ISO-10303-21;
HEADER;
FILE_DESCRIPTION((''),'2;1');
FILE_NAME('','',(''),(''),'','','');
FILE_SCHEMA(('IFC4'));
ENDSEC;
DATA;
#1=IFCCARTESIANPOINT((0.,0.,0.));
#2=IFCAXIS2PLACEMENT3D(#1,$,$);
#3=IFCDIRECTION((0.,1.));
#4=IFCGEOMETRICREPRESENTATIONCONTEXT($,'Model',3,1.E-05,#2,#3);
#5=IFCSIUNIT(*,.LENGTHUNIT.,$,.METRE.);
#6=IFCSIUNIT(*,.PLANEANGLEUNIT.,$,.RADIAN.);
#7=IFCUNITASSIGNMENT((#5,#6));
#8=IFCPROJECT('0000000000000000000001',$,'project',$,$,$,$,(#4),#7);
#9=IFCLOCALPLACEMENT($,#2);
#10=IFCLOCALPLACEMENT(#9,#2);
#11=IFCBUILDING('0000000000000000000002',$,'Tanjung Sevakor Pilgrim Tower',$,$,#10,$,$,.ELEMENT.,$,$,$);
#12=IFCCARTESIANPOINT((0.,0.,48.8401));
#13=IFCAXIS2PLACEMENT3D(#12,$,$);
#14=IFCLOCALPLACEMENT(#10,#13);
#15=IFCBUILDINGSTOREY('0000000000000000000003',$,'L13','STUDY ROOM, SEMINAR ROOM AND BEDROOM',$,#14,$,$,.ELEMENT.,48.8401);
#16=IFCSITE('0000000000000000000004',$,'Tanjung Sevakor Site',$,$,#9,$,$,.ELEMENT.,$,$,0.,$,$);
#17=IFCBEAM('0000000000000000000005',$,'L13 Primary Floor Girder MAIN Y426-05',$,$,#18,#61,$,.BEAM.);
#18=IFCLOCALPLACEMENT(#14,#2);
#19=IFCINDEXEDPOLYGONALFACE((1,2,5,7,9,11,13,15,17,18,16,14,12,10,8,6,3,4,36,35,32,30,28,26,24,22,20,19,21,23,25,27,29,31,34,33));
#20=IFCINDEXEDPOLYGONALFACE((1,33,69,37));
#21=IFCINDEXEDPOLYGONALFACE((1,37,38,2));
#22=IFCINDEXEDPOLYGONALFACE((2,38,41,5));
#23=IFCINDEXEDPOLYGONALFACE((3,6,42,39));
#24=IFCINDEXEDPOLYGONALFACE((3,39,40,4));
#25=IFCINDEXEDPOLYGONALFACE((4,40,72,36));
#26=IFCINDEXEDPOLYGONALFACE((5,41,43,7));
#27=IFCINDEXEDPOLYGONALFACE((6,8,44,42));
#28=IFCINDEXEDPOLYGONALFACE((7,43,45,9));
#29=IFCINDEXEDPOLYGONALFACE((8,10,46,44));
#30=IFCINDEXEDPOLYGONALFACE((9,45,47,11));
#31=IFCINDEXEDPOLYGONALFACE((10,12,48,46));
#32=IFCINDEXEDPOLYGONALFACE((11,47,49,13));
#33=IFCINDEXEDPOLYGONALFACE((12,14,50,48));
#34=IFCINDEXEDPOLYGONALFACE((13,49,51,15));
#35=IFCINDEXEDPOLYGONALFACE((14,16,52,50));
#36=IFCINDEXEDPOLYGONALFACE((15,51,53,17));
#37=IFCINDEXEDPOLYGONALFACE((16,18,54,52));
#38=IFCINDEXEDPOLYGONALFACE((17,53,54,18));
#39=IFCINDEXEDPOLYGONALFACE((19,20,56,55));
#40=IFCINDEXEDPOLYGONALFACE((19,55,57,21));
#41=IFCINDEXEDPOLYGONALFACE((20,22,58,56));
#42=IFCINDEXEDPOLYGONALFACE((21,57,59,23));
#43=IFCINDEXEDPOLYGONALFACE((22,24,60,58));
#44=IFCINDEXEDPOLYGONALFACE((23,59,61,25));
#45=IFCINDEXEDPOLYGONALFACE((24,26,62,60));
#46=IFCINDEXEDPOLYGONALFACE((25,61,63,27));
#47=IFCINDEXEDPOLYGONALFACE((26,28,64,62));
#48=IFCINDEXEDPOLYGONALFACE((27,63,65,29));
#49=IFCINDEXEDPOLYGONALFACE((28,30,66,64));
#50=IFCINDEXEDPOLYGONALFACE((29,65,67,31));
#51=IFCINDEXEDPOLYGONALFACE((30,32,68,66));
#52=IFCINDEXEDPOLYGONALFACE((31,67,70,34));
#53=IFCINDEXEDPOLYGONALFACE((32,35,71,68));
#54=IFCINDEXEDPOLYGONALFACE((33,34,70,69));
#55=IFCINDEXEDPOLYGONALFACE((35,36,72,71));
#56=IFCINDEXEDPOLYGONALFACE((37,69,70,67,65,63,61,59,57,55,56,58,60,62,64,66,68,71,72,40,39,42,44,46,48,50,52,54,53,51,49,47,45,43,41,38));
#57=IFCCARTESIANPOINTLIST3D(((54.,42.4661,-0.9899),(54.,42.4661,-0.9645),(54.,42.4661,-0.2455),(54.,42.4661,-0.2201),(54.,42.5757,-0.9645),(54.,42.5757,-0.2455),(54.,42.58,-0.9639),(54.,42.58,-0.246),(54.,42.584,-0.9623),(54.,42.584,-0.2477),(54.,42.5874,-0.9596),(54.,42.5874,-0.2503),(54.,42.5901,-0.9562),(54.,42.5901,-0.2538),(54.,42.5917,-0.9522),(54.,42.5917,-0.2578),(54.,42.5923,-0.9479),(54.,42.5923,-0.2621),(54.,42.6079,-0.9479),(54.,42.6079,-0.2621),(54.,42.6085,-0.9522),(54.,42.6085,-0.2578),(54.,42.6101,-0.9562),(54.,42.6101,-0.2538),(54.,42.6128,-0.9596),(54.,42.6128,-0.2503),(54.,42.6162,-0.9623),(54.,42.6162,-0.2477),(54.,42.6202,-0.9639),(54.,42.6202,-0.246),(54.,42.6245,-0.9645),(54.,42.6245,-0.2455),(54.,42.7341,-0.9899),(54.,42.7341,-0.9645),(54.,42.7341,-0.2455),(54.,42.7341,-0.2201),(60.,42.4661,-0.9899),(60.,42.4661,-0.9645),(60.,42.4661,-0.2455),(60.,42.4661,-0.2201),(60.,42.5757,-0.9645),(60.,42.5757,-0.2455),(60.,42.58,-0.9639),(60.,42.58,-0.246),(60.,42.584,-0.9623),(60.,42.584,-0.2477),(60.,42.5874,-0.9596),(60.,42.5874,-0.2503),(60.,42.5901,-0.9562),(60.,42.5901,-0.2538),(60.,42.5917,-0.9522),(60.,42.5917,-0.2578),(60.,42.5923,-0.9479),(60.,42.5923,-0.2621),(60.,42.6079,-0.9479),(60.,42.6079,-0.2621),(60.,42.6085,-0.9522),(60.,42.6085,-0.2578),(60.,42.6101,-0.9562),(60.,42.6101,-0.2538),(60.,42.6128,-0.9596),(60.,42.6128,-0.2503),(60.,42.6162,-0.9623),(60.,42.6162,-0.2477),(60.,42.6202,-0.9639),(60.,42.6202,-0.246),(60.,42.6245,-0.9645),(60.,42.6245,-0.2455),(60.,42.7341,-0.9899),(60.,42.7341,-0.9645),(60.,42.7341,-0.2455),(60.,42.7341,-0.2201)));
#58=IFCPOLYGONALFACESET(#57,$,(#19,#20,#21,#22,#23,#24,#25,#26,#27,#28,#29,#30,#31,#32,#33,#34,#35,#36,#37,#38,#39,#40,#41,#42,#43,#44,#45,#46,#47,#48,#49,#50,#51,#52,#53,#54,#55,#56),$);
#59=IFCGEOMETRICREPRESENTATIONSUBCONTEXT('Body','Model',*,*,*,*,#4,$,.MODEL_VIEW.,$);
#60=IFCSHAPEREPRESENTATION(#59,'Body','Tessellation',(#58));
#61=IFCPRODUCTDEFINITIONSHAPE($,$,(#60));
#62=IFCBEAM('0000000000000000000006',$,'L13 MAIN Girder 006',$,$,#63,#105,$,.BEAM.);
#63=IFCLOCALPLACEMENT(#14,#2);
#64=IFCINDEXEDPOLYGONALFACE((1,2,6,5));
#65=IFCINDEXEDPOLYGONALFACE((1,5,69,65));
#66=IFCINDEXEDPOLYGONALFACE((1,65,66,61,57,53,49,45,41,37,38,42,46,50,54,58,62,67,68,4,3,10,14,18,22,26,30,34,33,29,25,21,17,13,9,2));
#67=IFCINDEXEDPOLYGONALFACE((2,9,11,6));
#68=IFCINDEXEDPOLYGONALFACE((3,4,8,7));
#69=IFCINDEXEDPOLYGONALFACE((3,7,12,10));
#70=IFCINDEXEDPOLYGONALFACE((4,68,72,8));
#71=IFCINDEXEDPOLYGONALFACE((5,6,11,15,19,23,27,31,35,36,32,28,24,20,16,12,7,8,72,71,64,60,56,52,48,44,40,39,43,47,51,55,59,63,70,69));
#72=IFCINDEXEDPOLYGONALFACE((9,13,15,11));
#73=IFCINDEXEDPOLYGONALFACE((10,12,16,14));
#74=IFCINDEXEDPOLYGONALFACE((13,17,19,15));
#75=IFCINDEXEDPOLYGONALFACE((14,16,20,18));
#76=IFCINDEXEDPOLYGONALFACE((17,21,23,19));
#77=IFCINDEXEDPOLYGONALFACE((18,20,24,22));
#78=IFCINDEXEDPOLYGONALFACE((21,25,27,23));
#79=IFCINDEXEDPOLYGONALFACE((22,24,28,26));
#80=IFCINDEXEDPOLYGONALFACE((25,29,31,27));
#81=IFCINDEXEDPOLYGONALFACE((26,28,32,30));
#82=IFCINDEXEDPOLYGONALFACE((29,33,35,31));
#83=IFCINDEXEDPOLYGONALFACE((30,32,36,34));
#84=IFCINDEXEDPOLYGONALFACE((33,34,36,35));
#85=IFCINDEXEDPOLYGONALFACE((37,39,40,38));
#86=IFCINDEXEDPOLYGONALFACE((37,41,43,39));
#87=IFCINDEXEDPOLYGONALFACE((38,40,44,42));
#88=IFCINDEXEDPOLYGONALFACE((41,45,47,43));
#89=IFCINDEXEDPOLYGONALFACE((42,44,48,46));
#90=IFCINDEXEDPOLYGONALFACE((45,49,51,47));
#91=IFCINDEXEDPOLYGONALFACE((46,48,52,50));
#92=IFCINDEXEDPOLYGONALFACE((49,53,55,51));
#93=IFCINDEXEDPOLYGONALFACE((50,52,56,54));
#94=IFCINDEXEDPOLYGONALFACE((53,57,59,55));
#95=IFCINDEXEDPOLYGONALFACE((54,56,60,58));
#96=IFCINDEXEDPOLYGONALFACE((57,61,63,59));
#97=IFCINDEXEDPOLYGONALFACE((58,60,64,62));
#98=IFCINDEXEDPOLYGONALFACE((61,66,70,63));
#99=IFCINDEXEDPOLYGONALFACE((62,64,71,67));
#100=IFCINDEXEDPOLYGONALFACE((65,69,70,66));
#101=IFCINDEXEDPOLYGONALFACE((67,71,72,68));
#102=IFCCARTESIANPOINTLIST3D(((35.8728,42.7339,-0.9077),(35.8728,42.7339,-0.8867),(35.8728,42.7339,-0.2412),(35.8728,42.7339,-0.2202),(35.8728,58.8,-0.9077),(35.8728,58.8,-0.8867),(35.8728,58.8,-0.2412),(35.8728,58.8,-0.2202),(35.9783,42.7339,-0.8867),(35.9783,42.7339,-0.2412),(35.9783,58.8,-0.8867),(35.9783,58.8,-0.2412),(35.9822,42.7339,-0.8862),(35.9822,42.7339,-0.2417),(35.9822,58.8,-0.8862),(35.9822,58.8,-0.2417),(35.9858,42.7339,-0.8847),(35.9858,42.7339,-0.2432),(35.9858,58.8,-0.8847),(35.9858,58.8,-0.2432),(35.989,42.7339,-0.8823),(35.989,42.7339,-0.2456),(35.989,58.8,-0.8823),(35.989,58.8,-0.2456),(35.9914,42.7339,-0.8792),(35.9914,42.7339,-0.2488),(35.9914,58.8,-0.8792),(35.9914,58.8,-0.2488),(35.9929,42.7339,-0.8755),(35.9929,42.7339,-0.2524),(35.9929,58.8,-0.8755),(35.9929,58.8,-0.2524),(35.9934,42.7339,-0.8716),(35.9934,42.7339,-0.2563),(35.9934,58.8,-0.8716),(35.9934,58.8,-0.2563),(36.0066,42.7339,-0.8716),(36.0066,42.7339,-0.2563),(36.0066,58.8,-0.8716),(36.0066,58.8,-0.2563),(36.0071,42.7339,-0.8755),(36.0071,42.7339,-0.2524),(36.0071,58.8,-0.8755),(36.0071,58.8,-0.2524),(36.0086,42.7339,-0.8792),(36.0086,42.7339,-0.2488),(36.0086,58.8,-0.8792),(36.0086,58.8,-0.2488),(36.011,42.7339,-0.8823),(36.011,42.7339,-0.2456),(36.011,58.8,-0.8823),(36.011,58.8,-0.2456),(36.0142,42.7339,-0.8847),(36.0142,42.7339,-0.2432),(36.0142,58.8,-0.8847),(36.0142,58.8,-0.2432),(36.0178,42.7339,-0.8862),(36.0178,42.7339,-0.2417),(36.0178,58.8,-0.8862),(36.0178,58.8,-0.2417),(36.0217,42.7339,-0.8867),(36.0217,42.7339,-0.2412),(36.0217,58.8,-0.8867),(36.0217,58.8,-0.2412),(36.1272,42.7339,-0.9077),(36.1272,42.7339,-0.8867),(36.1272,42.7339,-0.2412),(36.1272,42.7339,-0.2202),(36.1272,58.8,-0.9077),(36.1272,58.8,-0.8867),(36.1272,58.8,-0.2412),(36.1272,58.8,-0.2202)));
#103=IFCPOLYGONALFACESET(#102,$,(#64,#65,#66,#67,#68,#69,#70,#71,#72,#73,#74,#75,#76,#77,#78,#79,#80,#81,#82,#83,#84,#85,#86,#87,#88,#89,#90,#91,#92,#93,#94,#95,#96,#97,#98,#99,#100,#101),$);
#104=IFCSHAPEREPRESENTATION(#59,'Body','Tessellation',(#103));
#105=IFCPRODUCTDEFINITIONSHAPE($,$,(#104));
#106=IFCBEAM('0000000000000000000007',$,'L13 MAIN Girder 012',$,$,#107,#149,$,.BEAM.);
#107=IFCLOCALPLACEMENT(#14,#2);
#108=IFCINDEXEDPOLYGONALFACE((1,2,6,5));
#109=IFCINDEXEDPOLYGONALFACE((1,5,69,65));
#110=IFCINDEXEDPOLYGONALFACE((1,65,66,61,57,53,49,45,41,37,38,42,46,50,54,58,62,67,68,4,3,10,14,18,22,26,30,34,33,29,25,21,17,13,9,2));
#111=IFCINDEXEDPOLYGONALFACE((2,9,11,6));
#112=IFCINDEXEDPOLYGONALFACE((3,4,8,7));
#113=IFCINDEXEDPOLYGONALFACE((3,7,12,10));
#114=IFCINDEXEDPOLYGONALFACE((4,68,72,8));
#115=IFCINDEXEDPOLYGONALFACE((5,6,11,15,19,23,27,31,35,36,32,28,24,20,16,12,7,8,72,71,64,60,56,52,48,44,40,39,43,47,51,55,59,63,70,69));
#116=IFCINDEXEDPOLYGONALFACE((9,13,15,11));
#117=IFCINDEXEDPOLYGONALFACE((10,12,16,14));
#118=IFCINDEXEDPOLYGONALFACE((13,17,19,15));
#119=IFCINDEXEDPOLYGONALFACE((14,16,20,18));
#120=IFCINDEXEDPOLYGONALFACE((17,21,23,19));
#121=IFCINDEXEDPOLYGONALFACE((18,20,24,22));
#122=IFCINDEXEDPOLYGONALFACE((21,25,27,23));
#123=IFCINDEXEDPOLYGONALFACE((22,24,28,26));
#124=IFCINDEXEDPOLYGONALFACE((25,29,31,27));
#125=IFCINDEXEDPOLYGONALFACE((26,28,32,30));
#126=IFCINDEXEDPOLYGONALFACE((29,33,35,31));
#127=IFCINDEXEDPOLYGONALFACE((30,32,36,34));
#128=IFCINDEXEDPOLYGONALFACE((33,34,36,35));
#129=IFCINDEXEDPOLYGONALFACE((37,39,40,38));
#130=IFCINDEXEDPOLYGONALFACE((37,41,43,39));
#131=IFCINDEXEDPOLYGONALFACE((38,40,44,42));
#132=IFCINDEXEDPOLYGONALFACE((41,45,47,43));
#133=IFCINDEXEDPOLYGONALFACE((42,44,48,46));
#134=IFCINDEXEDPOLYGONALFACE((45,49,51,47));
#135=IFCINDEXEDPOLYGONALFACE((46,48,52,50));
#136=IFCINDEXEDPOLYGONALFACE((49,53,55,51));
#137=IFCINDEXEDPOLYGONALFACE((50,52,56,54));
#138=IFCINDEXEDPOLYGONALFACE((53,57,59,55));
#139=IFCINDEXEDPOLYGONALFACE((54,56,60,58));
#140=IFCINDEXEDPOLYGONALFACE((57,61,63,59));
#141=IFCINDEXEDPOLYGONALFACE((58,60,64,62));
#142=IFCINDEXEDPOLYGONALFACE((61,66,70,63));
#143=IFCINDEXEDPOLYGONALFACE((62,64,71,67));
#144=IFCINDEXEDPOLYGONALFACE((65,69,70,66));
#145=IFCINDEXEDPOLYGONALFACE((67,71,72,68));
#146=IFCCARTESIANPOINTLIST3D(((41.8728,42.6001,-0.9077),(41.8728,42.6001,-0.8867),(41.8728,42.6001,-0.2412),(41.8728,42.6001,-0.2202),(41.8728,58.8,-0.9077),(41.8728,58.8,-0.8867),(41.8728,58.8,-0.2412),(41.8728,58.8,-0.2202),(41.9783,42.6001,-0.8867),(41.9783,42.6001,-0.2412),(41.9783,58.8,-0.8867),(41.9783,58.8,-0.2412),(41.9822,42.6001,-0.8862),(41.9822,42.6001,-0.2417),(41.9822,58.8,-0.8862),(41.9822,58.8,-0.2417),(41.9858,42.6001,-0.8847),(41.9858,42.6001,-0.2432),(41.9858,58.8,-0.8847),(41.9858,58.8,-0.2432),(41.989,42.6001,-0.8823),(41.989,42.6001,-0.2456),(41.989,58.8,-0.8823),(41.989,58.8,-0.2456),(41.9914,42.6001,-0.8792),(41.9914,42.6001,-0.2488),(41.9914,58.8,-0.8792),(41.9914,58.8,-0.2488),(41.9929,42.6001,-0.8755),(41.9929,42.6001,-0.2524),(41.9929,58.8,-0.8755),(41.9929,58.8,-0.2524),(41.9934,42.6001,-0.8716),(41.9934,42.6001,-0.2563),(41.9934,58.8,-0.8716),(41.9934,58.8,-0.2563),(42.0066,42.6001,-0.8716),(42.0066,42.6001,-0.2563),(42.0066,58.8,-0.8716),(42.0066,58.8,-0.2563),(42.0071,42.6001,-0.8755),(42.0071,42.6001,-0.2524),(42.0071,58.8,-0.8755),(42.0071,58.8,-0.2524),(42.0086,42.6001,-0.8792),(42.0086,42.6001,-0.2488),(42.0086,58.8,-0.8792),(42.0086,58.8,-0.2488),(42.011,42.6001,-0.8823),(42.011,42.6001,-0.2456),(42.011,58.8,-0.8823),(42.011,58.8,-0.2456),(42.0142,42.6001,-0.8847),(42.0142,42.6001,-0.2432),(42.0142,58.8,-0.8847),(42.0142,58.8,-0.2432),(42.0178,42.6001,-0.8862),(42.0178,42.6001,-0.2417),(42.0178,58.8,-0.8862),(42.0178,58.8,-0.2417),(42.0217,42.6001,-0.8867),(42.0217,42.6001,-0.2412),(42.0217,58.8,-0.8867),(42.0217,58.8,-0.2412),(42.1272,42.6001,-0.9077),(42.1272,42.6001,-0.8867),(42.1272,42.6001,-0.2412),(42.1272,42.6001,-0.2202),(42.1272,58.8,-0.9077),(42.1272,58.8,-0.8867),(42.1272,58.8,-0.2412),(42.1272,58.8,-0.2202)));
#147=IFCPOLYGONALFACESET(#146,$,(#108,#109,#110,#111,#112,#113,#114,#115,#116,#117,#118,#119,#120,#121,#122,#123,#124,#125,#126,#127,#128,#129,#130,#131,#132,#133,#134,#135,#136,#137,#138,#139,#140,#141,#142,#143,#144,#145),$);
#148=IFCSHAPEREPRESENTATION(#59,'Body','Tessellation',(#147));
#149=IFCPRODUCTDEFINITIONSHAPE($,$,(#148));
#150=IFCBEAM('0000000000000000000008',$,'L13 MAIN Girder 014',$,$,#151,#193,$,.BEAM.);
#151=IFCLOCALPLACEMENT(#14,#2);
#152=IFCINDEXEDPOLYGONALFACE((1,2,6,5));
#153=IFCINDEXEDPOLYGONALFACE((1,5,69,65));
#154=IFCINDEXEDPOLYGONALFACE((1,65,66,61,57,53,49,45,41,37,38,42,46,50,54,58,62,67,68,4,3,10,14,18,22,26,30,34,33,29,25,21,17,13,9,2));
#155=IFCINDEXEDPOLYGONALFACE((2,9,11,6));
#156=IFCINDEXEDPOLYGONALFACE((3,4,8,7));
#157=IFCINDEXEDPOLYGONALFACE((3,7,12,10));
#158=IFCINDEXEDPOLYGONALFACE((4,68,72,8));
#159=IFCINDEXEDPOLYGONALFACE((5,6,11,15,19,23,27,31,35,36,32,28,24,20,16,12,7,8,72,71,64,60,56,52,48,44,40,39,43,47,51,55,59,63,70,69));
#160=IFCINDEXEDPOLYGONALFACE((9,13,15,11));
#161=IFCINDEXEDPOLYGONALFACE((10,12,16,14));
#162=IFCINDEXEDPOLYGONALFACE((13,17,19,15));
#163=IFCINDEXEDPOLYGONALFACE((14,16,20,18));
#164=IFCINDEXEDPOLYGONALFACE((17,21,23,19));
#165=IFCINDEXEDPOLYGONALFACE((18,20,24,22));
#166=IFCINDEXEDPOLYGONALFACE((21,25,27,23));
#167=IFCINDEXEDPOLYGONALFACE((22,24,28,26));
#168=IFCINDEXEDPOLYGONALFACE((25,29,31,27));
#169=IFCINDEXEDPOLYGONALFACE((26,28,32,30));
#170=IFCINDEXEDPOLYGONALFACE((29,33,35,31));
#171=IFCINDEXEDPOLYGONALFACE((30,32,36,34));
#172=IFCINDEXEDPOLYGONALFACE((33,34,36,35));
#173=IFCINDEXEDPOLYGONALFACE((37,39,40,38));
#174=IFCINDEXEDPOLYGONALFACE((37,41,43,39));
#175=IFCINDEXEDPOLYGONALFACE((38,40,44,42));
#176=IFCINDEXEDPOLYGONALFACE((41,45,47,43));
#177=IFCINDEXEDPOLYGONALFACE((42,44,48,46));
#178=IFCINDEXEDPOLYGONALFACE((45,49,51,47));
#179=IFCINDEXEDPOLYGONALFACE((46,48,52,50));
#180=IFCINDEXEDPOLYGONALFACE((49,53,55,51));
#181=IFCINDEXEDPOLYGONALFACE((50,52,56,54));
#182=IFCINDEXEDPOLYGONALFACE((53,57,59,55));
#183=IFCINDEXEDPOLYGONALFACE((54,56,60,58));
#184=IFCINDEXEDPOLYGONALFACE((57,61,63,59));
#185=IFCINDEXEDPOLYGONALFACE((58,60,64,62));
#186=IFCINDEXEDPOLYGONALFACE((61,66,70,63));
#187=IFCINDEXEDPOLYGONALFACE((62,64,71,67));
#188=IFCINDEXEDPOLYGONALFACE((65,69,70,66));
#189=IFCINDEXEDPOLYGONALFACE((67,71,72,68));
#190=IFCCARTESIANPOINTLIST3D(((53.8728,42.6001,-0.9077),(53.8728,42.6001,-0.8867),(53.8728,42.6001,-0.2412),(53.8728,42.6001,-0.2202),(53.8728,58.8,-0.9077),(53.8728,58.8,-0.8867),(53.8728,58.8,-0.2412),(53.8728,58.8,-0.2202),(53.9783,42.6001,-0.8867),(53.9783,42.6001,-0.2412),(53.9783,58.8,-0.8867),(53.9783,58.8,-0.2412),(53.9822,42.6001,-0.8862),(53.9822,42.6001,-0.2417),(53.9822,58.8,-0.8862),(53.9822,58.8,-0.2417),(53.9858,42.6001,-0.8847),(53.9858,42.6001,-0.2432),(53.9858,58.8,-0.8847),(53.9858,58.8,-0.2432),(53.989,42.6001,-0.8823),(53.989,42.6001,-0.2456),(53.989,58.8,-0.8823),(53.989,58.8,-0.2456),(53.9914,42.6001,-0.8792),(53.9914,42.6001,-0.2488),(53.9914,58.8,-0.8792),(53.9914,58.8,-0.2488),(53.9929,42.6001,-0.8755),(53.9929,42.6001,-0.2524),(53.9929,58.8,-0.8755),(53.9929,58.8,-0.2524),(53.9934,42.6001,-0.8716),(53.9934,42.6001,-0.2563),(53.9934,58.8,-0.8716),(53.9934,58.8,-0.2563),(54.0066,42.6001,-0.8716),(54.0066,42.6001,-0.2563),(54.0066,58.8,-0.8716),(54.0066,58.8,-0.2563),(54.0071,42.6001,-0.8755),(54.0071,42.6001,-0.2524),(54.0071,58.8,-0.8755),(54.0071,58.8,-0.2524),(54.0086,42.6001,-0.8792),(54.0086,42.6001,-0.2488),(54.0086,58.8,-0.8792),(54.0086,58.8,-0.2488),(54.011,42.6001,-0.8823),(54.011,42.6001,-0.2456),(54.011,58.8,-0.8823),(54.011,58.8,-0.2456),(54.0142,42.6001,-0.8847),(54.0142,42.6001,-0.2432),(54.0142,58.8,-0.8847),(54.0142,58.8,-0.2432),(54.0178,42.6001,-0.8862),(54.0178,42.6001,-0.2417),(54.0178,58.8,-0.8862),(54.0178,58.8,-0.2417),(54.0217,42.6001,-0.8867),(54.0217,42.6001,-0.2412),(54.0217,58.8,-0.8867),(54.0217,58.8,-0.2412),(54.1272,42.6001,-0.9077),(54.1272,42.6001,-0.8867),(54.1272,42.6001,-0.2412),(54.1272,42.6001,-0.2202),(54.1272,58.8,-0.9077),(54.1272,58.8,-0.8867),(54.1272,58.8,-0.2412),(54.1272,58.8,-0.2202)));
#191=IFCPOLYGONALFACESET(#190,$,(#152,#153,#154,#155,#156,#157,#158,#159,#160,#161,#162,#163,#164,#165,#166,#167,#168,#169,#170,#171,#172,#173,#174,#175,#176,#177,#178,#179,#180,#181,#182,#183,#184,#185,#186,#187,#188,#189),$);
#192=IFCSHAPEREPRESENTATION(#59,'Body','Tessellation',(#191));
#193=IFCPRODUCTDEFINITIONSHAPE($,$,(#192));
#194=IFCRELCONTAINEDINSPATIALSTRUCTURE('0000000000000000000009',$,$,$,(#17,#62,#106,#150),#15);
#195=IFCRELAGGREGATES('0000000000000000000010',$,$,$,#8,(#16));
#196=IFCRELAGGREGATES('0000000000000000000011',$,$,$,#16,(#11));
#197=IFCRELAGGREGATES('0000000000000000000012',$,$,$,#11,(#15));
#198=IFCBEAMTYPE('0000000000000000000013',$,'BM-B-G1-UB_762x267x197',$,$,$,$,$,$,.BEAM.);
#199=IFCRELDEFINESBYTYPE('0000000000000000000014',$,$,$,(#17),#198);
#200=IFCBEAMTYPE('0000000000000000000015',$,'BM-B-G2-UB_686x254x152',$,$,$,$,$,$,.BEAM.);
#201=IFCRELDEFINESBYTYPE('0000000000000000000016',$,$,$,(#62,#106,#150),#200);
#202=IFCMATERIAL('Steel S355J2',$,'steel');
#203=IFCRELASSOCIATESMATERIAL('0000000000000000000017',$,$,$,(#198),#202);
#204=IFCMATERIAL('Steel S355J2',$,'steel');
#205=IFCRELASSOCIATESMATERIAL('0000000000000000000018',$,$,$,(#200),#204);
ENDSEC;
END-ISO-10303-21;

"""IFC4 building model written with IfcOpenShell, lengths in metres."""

from ifc_helpers import new_model, si_unit, direction, frame, origin, origin_2d, place, context, subcontext, project, spatial, i_section, extrude, material, material_profile, profile_set, type_object, element, save


model = new_model("IFC4")

# Units and contexts
model_context = context("Model", 3, precision=1e-05, world=origin(), true_north=direction((0.0, 1.0)))
body_context = subcontext(model_context, "Body", "Model", "MODEL_VIEW")
ifc_project = project(units=[si_unit("LENGTHUNIT", "METRE"), si_unit("PLANEANGLEUNIT", "RADIAN")], contexts=[model_context])

# Site, building, storey
site_placement = place(None, origin())
site = spatial("IfcSite", under=ifc_project, at=site_placement, Name="Tanjung Sevakor Site", CompositionType="ELEMENT", RefElevation=0.0)
building_placement = place(site_placement, origin())
building = spatial("IfcBuilding", under=site, at=building_placement, Name="Tanjung Sevakor Pilgrim Tower", CompositionType="ELEMENT")
storey_placement = place(building_placement, frame((0.0, 0.0, 48.8401)))
storey = spatial("IfcBuildingStorey", under=building, at=storey_placement, Name="L13", Description="STUDY ROOM, SEMINAR ROOM AND BEDROOM", CompositionType="ELEMENT", Elevation=48.8401)

# Beams
ifc_material_1 = material(Name="Steel S355J2", Category="steel")
ifc_material_profile_1 = material_profile(ifc_material_1, i_section(OverallWidth=0.2681, OverallDepth=0.7698, WebThickness=0.0156, FlangeThickness=0.0254, FilletRadius=0.0166, at=origin_2d()))
ifc_profile_set_1 = profile_set([ifc_material_profile_1], Name="Steel S355J2")
beam_type_1 = type_object("IfcBeamType", Name="BM-B-G1-UB_762x267x197", PredefinedType="BEAM", material=ifc_profile_set_1)
for number, where, z_axis, x_axis, name in (
    (1, (54.0, 42.6001, -0.605), (1.0, 0.0, 0.0), (0.0, 1.0, 0.0), "L13 Primary Floor Girder MAIN Y426-05"),
):
    element("IfcBeam", number, at=place(storey_placement, frame(where, z_axis=z_axis, x_axis=x_axis)), inside=storey, type_object=beam_type_1, Name=name, PredefinedType="BEAM", context=body_context, shape_type="SweptSolid", body=[
        extrude(i_section(OverallWidth=0.2681, OverallDepth=0.7698, WebThickness=0.0156, FlangeThickness=0.0254, FilletRadius=0.0166, at=origin_2d()), origin(), (0.0, 0.0, 1.0), 6.0),
    ])
ifc_material_2 = material(Name="Steel S355J2", Category="steel")
ifc_material_profile_2 = material_profile(ifc_material_2, i_section(OverallWidth=0.2544, OverallDepth=0.6875, WebThickness=0.0132, FlangeThickness=0.021, FilletRadius=0.0151, at=origin_2d()))
ifc_profile_set_2 = profile_set([ifc_material_profile_2], Name="Steel S355J2")
beam_type_2 = type_object("IfcBeamType", Name="BM-B-G2-UB_686x254x152", PredefinedType="BEAM", material=ifc_profile_set_2)
beam_1_placement = place(storey_placement, frame((36.0, 42.7339, -0.564), z_axis=(0.0, 1.0, 0.0), x_axis=(-1.0, 0.0, 0.0)))
element("IfcBeam", 2, at=beam_1_placement, inside=storey, type_object=beam_type_2, Name="L13 MAIN Girder 006", PredefinedType="BEAM", context=body_context, shape_type="SweptSolid", body=[
    extrude(i_section(OverallWidth=0.2544, OverallDepth=0.6875, WebThickness=0.0132, FlangeThickness=0.021, FilletRadius=0.0151, at=origin_2d()), origin(), (0.0, 0.0, 1.0), 16.0662),
])
for number, where, z_axis, x_axis, name in (
    (3, (42.0, 42.6001, -0.564), (0.0, 1.0, 0.0), (-1.0, 0.0, 0.0), "L13 MAIN Girder 012"),
    (4, (54.0, 42.6001, -0.564), (0.0, 1.0, 0.0), (-1.0, 0.0, 0.0), "L13 MAIN Girder 014"),
):
    element("IfcBeam", number, at=place(storey_placement, frame(where, z_axis=z_axis, x_axis=x_axis)), inside=storey, type_object=beam_type_2, Name=name, PredefinedType="BEAM", context=body_context, shape_type="SweptSolid", body=[
        extrude(i_section(OverallWidth=0.2544, OverallDepth=0.6875, WebThickness=0.0132, FlangeThickness=0.021, FilletRadius=0.0151, at=origin_2d()), origin(), (0.0, 0.0, 1.0), 16.2),
    ])

save(model, "model.ifc")
